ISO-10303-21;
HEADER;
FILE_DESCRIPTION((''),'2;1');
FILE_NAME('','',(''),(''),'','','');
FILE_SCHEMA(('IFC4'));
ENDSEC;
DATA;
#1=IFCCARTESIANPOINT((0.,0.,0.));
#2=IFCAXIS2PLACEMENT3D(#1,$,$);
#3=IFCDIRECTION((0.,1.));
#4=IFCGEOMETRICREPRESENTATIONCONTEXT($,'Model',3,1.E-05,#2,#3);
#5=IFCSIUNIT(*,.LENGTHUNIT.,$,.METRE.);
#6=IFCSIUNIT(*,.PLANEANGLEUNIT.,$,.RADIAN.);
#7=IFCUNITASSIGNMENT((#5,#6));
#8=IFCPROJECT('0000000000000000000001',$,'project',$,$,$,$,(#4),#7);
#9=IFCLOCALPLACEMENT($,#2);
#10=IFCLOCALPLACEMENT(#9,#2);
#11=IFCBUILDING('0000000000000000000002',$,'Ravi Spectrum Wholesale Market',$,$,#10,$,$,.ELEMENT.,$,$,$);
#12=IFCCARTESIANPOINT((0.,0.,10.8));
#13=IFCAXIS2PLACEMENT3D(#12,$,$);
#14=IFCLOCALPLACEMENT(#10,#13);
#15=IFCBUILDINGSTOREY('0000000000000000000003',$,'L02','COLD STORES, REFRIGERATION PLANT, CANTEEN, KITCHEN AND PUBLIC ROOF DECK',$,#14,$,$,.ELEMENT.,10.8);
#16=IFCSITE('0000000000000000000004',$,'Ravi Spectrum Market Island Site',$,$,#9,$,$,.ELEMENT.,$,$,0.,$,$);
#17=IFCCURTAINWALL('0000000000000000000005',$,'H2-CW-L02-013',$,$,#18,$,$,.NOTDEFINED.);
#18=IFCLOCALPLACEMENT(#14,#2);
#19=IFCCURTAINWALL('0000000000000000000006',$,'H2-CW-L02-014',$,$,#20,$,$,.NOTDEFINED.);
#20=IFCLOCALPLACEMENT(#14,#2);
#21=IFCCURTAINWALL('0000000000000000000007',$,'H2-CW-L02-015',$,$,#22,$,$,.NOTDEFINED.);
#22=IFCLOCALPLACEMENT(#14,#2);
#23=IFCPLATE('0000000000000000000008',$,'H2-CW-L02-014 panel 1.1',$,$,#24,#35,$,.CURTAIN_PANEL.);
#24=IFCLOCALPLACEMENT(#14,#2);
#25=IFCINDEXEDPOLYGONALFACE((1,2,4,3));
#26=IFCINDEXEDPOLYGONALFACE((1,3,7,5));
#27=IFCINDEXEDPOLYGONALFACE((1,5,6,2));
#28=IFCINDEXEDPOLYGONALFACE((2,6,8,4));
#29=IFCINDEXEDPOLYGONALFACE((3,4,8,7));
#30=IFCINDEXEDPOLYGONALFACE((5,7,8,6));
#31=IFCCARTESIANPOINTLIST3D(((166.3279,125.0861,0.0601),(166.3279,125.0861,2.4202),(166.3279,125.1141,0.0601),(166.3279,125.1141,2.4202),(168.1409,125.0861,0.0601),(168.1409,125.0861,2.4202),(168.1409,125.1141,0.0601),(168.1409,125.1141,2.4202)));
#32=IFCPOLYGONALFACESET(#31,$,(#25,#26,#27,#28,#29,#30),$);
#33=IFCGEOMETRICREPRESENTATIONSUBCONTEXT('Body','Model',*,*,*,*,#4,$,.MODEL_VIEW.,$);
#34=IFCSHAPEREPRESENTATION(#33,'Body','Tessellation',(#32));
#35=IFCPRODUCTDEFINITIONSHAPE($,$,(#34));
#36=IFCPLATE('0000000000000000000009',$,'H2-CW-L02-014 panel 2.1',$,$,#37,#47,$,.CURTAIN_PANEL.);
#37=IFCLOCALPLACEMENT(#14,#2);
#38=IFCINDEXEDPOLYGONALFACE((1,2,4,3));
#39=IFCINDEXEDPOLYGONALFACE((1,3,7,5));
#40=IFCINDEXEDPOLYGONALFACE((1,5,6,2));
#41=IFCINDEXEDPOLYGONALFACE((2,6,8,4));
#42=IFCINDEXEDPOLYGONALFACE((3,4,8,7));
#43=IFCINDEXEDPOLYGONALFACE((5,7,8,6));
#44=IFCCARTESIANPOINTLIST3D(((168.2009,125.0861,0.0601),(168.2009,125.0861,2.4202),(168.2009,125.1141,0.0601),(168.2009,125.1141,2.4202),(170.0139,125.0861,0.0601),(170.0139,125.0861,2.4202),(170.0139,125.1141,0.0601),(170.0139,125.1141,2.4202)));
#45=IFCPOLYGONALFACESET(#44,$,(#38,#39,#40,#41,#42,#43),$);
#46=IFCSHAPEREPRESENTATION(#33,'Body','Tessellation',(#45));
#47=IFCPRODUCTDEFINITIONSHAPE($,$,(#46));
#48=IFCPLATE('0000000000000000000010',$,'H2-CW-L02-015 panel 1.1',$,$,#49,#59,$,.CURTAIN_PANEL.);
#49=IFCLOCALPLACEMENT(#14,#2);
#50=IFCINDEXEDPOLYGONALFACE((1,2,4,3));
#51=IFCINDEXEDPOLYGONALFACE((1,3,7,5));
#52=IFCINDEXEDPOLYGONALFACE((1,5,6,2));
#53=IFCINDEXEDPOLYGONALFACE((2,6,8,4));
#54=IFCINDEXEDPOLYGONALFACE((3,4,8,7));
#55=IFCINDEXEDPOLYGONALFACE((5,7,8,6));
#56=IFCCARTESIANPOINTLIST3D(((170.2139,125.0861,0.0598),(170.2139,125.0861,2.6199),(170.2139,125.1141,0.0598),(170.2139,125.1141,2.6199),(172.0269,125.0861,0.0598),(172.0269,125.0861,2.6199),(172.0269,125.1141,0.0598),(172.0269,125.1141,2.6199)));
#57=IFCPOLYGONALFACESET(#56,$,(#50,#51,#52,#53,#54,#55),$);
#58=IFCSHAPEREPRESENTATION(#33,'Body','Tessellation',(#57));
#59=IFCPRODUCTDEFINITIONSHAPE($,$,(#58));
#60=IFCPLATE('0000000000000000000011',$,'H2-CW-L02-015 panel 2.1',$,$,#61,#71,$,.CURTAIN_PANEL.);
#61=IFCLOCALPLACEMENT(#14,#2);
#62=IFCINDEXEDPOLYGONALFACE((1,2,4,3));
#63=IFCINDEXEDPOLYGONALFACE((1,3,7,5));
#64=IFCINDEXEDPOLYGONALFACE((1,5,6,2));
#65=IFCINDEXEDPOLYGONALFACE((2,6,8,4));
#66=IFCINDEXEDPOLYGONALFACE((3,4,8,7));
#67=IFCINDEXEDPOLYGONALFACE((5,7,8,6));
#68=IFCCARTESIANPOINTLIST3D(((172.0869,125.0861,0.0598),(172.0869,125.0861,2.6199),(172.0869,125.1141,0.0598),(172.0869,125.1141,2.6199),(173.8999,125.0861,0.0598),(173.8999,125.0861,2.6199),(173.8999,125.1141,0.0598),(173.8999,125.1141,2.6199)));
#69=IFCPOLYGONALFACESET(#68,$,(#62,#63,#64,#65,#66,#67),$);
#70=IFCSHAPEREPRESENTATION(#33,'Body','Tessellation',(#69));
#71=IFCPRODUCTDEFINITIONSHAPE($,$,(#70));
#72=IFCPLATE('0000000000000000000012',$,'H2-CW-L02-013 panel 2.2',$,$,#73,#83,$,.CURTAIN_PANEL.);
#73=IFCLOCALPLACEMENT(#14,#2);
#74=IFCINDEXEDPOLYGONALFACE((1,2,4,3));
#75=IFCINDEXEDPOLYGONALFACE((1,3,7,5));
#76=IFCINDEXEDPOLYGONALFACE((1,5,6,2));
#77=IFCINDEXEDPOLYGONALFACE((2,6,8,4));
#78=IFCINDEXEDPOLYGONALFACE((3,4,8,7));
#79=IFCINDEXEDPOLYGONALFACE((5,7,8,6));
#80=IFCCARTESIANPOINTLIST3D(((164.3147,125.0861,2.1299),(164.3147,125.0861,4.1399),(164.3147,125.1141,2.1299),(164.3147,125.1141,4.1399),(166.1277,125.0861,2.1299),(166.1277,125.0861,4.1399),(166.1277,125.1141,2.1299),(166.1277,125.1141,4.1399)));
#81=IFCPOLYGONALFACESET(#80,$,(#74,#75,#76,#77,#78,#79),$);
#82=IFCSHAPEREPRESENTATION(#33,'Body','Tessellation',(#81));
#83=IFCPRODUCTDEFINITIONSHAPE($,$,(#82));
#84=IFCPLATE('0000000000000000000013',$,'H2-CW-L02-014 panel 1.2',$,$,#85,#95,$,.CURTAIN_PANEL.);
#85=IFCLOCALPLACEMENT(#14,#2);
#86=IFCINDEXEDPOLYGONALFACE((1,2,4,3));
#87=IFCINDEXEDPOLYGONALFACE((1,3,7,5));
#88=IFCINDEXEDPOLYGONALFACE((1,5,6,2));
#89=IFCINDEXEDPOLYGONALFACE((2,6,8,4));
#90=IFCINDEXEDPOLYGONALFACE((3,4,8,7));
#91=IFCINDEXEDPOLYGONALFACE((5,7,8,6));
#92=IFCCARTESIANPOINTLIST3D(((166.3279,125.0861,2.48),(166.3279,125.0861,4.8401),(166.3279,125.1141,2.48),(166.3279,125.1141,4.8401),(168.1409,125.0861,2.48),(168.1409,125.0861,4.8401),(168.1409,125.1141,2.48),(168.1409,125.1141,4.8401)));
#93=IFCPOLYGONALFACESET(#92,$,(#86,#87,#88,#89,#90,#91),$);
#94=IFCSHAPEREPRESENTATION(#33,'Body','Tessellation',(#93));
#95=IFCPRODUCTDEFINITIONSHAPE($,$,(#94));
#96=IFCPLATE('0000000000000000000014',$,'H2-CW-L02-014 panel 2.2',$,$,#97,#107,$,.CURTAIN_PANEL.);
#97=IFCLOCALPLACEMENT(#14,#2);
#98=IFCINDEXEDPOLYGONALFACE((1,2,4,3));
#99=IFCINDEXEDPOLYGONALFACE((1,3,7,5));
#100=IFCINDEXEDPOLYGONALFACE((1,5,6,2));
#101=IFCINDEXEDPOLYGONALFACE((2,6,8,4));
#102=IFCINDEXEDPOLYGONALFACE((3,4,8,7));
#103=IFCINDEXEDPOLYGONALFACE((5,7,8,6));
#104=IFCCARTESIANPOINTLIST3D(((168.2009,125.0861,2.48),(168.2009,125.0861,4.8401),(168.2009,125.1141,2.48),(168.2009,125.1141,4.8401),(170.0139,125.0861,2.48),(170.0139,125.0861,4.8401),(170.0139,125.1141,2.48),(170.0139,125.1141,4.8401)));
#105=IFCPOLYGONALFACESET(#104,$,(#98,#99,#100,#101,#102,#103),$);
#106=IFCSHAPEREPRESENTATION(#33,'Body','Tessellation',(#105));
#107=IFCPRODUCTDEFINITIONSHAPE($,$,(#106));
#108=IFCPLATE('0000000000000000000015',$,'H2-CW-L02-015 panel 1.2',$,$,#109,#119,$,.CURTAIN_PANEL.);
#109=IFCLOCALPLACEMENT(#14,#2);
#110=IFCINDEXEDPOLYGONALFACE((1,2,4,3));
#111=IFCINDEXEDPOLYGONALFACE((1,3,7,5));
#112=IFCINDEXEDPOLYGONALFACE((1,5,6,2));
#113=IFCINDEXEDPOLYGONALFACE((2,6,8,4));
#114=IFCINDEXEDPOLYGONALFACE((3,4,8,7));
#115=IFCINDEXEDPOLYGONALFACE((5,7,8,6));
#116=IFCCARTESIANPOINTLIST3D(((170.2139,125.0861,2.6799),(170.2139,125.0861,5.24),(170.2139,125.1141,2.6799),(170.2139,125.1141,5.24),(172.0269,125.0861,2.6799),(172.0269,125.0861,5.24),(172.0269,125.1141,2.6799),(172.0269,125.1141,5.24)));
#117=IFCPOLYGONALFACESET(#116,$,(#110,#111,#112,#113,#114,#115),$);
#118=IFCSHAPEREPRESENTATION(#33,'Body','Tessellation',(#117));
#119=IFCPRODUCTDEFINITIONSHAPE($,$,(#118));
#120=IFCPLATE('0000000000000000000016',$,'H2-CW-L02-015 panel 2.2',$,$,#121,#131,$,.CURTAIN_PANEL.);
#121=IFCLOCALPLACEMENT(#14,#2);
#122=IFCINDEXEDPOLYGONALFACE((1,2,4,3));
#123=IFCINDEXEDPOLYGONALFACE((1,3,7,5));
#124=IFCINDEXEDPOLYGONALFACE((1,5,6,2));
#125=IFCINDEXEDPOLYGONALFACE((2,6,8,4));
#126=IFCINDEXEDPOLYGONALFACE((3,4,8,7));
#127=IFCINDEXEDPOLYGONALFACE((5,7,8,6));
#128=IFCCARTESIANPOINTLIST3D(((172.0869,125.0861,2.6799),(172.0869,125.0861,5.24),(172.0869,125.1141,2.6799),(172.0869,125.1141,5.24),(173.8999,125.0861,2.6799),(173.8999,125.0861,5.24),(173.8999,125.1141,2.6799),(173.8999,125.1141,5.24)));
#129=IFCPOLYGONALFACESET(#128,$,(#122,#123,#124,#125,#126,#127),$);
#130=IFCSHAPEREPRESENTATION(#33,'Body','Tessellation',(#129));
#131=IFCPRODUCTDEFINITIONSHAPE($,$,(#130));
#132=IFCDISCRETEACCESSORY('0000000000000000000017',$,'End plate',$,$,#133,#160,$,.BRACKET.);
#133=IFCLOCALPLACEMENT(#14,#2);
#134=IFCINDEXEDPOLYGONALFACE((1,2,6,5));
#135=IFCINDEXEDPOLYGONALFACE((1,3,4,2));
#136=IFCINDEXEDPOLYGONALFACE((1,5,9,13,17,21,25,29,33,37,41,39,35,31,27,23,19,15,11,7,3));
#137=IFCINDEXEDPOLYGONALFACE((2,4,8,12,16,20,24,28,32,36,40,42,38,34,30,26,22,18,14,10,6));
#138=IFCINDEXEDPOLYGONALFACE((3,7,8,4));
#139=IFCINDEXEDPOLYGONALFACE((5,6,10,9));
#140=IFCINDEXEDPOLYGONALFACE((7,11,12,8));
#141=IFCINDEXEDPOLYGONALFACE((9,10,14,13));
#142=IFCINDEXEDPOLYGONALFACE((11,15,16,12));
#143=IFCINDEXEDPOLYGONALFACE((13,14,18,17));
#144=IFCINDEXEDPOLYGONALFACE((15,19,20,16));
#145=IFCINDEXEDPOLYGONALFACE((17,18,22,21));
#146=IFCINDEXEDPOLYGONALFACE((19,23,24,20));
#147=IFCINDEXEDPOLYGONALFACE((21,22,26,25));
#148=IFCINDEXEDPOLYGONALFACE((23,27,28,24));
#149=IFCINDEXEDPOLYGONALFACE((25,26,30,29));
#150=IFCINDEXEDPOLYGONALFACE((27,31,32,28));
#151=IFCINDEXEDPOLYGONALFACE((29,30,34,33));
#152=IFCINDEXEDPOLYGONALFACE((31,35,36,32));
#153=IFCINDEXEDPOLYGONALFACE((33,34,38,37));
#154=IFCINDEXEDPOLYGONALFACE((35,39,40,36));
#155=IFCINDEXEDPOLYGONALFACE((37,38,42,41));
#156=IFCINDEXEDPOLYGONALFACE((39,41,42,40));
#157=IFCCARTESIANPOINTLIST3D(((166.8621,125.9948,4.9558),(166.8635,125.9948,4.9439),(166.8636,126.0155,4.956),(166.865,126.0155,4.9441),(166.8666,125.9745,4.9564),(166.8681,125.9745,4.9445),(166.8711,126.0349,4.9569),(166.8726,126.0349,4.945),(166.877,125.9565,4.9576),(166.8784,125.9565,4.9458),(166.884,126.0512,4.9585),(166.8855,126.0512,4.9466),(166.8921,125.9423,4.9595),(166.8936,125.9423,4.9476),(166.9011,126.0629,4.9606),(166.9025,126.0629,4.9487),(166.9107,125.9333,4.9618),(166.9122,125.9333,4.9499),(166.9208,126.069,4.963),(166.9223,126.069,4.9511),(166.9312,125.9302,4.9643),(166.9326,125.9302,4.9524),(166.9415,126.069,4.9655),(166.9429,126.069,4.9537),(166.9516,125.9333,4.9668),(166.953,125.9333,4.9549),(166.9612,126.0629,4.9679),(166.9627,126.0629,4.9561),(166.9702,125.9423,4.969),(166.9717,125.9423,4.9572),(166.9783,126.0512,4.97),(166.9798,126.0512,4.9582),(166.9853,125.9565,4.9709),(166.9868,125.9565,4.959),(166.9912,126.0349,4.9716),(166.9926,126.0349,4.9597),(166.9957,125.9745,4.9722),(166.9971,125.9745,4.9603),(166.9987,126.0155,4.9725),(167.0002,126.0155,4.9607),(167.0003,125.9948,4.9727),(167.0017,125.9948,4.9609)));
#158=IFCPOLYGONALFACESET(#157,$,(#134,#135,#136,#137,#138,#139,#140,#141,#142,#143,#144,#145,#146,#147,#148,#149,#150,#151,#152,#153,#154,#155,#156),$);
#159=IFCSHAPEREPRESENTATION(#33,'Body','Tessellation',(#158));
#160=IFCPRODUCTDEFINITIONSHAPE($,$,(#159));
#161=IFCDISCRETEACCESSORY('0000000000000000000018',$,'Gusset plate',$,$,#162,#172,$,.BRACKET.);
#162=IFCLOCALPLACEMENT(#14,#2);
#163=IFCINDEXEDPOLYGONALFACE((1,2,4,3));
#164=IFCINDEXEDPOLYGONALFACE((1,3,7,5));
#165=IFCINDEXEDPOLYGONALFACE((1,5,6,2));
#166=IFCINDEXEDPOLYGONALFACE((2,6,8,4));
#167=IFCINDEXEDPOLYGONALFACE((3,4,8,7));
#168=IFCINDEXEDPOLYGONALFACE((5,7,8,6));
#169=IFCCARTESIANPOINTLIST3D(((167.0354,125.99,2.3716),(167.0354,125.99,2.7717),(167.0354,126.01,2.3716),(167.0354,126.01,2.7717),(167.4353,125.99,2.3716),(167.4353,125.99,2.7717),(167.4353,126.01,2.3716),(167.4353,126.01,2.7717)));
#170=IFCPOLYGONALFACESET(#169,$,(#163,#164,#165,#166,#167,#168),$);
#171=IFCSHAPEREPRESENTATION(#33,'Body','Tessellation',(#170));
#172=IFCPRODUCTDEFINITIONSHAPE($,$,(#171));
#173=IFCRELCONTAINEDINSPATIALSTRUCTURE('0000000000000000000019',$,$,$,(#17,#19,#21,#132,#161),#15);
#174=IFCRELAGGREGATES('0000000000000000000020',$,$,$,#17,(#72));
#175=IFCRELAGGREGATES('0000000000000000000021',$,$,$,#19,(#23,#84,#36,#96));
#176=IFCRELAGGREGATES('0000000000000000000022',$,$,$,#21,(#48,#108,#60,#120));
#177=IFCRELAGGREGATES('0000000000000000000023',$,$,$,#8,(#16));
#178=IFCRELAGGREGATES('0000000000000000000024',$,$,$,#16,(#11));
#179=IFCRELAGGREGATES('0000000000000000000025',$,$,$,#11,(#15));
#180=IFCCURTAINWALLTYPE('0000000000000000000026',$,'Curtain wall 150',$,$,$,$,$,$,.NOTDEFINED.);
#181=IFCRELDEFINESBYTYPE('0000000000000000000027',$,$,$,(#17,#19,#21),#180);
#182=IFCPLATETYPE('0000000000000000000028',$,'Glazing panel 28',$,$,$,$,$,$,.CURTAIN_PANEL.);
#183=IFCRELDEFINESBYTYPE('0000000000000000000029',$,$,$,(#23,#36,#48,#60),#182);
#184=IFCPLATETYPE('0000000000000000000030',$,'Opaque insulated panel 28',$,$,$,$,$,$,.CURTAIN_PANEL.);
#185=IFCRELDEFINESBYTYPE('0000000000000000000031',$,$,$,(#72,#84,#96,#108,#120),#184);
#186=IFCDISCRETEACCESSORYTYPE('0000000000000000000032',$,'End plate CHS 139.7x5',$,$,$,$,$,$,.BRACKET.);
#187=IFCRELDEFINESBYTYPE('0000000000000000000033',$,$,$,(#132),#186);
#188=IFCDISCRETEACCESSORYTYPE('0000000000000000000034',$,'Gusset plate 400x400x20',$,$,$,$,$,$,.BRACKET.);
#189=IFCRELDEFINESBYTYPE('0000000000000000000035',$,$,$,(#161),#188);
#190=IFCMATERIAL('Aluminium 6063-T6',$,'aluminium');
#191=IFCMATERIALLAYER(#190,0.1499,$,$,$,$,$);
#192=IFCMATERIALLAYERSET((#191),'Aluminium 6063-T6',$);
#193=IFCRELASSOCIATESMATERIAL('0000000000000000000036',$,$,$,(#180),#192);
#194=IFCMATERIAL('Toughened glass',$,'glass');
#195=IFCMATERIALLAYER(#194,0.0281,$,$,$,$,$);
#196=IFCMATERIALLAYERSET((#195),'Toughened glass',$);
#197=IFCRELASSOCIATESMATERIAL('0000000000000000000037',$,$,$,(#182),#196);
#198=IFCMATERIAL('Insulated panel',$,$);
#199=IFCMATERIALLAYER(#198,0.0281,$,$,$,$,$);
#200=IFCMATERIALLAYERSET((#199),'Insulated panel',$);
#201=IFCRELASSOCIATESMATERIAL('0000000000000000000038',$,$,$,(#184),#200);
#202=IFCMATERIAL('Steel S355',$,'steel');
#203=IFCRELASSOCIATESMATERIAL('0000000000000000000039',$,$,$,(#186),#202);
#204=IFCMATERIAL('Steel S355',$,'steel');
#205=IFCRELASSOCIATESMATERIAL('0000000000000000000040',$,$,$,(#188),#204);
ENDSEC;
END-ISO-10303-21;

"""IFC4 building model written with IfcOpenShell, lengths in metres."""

from ifc_helpers import new_model, si_unit, direction, frame, origin, origin_2d, place, context, subcontext, project, spatial, rectangle, circle, extrude, material, layer, layer_set, material_profile, profile_set, type_object, element, aggregate, save


model = new_model("IFC4")

# Units and contexts
model_context = context("Model", 3, precision=1e-05, world=origin(), true_north=direction((0.0, 1.0)))
body_context = subcontext(model_context, "Body", "Model", "MODEL_VIEW")
ifc_project = project(units=[si_unit("LENGTHUNIT", "METRE"), si_unit("PLANEANGLEUNIT", "RADIAN")], contexts=[model_context])

# Site, building, storey
site_placement = place(None, origin())
site = spatial("IfcSite", under=ifc_project, at=site_placement, Name="Ravi Spectrum Market Island Site", CompositionType="ELEMENT", RefElevation=0.0)
building_placement = place(site_placement, origin())
building = spatial("IfcBuilding", under=site, at=building_placement, Name="Ravi Spectrum Wholesale Market", CompositionType="ELEMENT")
storey_placement = place(building_placement, frame((0.0, 0.0, 10.8)))
storey = spatial("IfcBuildingStorey", under=building, at=storey_placement, Name="L02", Description="COLD STORES, REFRIGERATION PLANT, CANTEEN, KITCHEN AND PUBLIC ROOF DECK", CompositionType="ELEMENT", Elevation=10.8)

# Curtain wall
ifc_material_1 = material(Name="Aluminium 6063-T6", Category="aluminium")
ifc_layer_1 = layer(ifc_material_1, 0.1499)
ifc_layer_set_1 = layer_set([ifc_layer_1], Name="Aluminium 6063-T6")
curtain_wall_type = type_object("IfcCurtainWallType", Name="Curtain wall 150", PredefinedType="NOTDEFINED", material=ifc_layer_set_1)
curtain_wall_1_placement = place(storey_placement, origin())
curtain_wall_1 = element("IfcCurtainWall", 1, at=curtain_wall_1_placement, inside=storey, type_object=curtain_wall_type, Name="H2-CW-L02-013", PredefinedType="NOTDEFINED")

# Curtain walls
curtain_wall_2_placement = place(storey_placement, origin())
curtain_wall_2 = element("IfcCurtainWall", 2, at=curtain_wall_2_placement, inside=storey, type_object=curtain_wall_type, Name="H2-CW-L02-014", PredefinedType="NOTDEFINED")
curtain_wall_3_placement = place(storey_placement, origin())
curtain_wall_3 = element("IfcCurtainWall", 3, at=curtain_wall_3_placement, inside=storey, type_object=curtain_wall_type, Name="H2-CW-L02-015", PredefinedType="NOTDEFINED")

# Plates
ifc_material_2 = material(Name="Toughened glass", Category="glass")
ifc_layer_2 = layer(ifc_material_2, 0.0281)
ifc_layer_set_2 = layer_set([ifc_layer_2], Name="Toughened glass")
plate_type_1 = type_object("IfcPlateType", Name="Glazing panel 28", PredefinedType="CURTAIN_PANEL", material=ifc_layer_set_2)
plate_1_placement = place(storey_placement, frame((167.2344, 125.1001, 0.0601), z_axis=(0.0, 0.0, 1.0), x_axis=(1.0, 0.0, 0.0)))
plate_1 = element("IfcPlate", 4, at=plate_1_placement, type_object=plate_type_1, Name="H2-CW-L02-014 panel 1.1", PredefinedType="CURTAIN_PANEL", context=body_context, shape_type="SweptSolid", body=[
    extrude(rectangle(XDim=1.813, YDim=0.0281, at=origin_2d()), origin(), (0.0, 0.0, 1.0), 2.3601),
])
plate_2_placement = place(storey_placement, frame((169.1074, 125.1001, 0.0601), z_axis=(0.0, 0.0, 1.0), x_axis=(1.0, 0.0, 0.0)))
plate_2 = element("IfcPlate", 5, at=plate_2_placement, type_object=plate_type_1, Name="H2-CW-L02-014 panel 2.1", PredefinedType="CURTAIN_PANEL", context=body_context, shape_type="SweptSolid", body=[
    extrude(rectangle(XDim=1.813, YDim=0.0281, at=origin_2d()), origin(), (0.0, 0.0, 1.0), 2.3601),
])
plate_3_placement = place(storey_placement, frame((171.1204, 125.1001, 0.0598), z_axis=(0.0, 0.0, 1.0), x_axis=(1.0, 0.0, 0.0)))
plate_3 = element("IfcPlate", 6, at=plate_3_placement, type_object=plate_type_1, Name="H2-CW-L02-015 panel 1.1", PredefinedType="CURTAIN_PANEL", context=body_context, shape_type="SweptSolid", body=[
    extrude(rectangle(XDim=1.813, YDim=0.0281, at=origin_2d()), origin(), (0.0, 0.0, 1.0), 2.5601),
])
plate_4_placement = place(storey_placement, frame((172.9934, 125.1001, 0.0598), z_axis=(0.0, 0.0, 1.0), x_axis=(1.0, 0.0, 0.0)))
plate_4 = element("IfcPlate", 7, at=plate_4_placement, type_object=plate_type_1, Name="H2-CW-L02-015 panel 2.1", PredefinedType="CURTAIN_PANEL", context=body_context, shape_type="SweptSolid", body=[
    extrude(rectangle(XDim=1.813, YDim=0.0281, at=origin_2d()), origin(), (0.0, 0.0, 1.0), 2.5601),
])
ifc_material_3 = material(Name="Insulated panel")
ifc_layer_3 = layer(ifc_material_3, 0.0281)
ifc_layer_set_3 = layer_set([ifc_layer_3], Name="Insulated panel")
plate_type_2 = type_object("IfcPlateType", Name="Opaque insulated panel 28", PredefinedType="CURTAIN_PANEL", material=ifc_layer_set_3)
plate_5_placement = place(storey_placement, frame((165.2212, 125.1001, 2.1299), z_axis=(0.0, 0.0, 1.0), x_axis=(1.0, 0.0, 0.0)))
plate_5 = element("IfcPlate", 8, at=plate_5_placement, type_object=plate_type_2, Name="H2-CW-L02-013 panel 2.2", PredefinedType="CURTAIN_PANEL", context=body_context, shape_type="SweptSolid", body=[
    extrude(rectangle(XDim=1.813, YDim=0.0281, at=origin_2d()), origin(), (0.0, 0.0, 1.0), 2.01),
])
aggregate(curtain_wall_1, [plate_5])
plate_6_placement = place(storey_placement, frame((167.2344, 125.1001, 2.48), z_axis=(0.0, 0.0, 1.0), x_axis=(1.0, 0.0, 0.0)))
plate_6 = element("IfcPlate", 9, at=plate_6_placement, type_object=plate_type_2, Name="H2-CW-L02-014 panel 1.2", PredefinedType="CURTAIN_PANEL", context=body_context, shape_type="SweptSolid", body=[
    extrude(rectangle(XDim=1.813, YDim=0.0281, at=origin_2d()), origin(), (0.0, 0.0, 1.0), 2.3601),
])
plate_7_placement = place(storey_placement, frame((169.1074, 125.1001, 2.48), z_axis=(0.0, 0.0, 1.0), x_axis=(1.0, 0.0, 0.0)))
plate_7 = element("IfcPlate", 10, at=plate_7_placement, type_object=plate_type_2, Name="H2-CW-L02-014 panel 2.2", PredefinedType="CURTAIN_PANEL", context=body_context, shape_type="SweptSolid", body=[
    extrude(rectangle(XDim=1.813, YDim=0.0281, at=origin_2d()), origin(), (0.0, 0.0, 1.0), 2.3601),
])
aggregate(curtain_wall_2, [plate_1, plate_6, plate_2, plate_7])
plate_8_placement = place(storey_placement, frame((171.1204, 125.1001, 2.6799), z_axis=(0.0, 0.0, 1.0), x_axis=(1.0, 0.0, 0.0)))
plate_8 = element("IfcPlate", 11, at=plate_8_placement, type_object=plate_type_2, Name="H2-CW-L02-015 panel 1.2", PredefinedType="CURTAIN_PANEL", context=body_context, shape_type="SweptSolid", body=[
    extrude(rectangle(XDim=1.813, YDim=0.0281, at=origin_2d()), origin(), (0.0, 0.0, 1.0), 2.5601),
])
plate_9_placement = place(storey_placement, frame((172.9934, 125.1001, 2.6799), z_axis=(0.0, 0.0, 1.0), x_axis=(1.0, 0.0, 0.0)))
plate_9 = element("IfcPlate", 12, at=plate_9_placement, type_object=plate_type_2, Name="H2-CW-L02-015 panel 2.2", PredefinedType="CURTAIN_PANEL", context=body_context, shape_type="SweptSolid", body=[
    extrude(rectangle(XDim=1.813, YDim=0.0281, at=origin_2d()), origin(), (0.0, 0.0, 1.0), 2.5601),
])
aggregate(curtain_wall_3, [plate_3, plate_8, plate_4, plate_9])

# Discrete accessories
ifc_material_4 = material(Name="Steel S355", Category="steel")
ifc_material_profile_1 = material_profile(ifc_material_4, circle(Radius=0.0698, at=origin_2d()))
ifc_profile_set_1 = profile_set([ifc_material_profile_1], Name="Steel S355")
discrete_accessory_type_1 = type_object("IfcDiscreteAccessoryType", Name="End plate CHS 139.7x5", PredefinedType="BRACKET", material=ifc_profile_set_1)
discrete_accessory_1_placement = place(storey_placement, frame((166.9326, 126.0, 4.9524), z_axis=(-0.121541, 0.0, 0.992586), x_axis=(0.0, -1.0, 0.0)))
element("IfcDiscreteAccessory", 13, at=discrete_accessory_1_placement, inside=storey, type_object=discrete_accessory_type_1, Name="End plate", PredefinedType="BRACKET", context=body_context, shape_type="SweptSolid", body=[
    extrude(circle(Radius=0.0698, at=origin_2d()), origin(), (0.0, 0.0, 1.0), 0.012),
])
ifc_material_5 = material(Name="Steel S355", Category="steel")
ifc_material_profile_2 = material_profile(ifc_material_5, rectangle(XDim=0.3999, YDim=0.02, at=origin_2d()))
ifc_profile_set_2 = profile_set([ifc_material_profile_2], Name="Steel S355")
discrete_accessory_type_2 = type_object("IfcDiscreteAccessoryType", Name="Gusset plate 400x400x20", PredefinedType="BRACKET", material=ifc_profile_set_2)
discrete_accessory_2_placement = place(storey_placement, frame((167.2354, 126.0, 2.3716), z_axis=(0.0, 0.0, 1.0), x_axis=(1.0, 0.0, 0.0)))
element("IfcDiscreteAccessory", 14, at=discrete_accessory_2_placement, inside=storey, type_object=discrete_accessory_type_2, Name="Gusset plate", PredefinedType="BRACKET", context=body_context, shape_type="SweptSolid", body=[
    extrude(rectangle(XDim=0.3999, YDim=0.02, at=origin_2d()), origin(), (0.0, 0.0, 1.0), 0.4001),
])

save(model, "model.ifc")
